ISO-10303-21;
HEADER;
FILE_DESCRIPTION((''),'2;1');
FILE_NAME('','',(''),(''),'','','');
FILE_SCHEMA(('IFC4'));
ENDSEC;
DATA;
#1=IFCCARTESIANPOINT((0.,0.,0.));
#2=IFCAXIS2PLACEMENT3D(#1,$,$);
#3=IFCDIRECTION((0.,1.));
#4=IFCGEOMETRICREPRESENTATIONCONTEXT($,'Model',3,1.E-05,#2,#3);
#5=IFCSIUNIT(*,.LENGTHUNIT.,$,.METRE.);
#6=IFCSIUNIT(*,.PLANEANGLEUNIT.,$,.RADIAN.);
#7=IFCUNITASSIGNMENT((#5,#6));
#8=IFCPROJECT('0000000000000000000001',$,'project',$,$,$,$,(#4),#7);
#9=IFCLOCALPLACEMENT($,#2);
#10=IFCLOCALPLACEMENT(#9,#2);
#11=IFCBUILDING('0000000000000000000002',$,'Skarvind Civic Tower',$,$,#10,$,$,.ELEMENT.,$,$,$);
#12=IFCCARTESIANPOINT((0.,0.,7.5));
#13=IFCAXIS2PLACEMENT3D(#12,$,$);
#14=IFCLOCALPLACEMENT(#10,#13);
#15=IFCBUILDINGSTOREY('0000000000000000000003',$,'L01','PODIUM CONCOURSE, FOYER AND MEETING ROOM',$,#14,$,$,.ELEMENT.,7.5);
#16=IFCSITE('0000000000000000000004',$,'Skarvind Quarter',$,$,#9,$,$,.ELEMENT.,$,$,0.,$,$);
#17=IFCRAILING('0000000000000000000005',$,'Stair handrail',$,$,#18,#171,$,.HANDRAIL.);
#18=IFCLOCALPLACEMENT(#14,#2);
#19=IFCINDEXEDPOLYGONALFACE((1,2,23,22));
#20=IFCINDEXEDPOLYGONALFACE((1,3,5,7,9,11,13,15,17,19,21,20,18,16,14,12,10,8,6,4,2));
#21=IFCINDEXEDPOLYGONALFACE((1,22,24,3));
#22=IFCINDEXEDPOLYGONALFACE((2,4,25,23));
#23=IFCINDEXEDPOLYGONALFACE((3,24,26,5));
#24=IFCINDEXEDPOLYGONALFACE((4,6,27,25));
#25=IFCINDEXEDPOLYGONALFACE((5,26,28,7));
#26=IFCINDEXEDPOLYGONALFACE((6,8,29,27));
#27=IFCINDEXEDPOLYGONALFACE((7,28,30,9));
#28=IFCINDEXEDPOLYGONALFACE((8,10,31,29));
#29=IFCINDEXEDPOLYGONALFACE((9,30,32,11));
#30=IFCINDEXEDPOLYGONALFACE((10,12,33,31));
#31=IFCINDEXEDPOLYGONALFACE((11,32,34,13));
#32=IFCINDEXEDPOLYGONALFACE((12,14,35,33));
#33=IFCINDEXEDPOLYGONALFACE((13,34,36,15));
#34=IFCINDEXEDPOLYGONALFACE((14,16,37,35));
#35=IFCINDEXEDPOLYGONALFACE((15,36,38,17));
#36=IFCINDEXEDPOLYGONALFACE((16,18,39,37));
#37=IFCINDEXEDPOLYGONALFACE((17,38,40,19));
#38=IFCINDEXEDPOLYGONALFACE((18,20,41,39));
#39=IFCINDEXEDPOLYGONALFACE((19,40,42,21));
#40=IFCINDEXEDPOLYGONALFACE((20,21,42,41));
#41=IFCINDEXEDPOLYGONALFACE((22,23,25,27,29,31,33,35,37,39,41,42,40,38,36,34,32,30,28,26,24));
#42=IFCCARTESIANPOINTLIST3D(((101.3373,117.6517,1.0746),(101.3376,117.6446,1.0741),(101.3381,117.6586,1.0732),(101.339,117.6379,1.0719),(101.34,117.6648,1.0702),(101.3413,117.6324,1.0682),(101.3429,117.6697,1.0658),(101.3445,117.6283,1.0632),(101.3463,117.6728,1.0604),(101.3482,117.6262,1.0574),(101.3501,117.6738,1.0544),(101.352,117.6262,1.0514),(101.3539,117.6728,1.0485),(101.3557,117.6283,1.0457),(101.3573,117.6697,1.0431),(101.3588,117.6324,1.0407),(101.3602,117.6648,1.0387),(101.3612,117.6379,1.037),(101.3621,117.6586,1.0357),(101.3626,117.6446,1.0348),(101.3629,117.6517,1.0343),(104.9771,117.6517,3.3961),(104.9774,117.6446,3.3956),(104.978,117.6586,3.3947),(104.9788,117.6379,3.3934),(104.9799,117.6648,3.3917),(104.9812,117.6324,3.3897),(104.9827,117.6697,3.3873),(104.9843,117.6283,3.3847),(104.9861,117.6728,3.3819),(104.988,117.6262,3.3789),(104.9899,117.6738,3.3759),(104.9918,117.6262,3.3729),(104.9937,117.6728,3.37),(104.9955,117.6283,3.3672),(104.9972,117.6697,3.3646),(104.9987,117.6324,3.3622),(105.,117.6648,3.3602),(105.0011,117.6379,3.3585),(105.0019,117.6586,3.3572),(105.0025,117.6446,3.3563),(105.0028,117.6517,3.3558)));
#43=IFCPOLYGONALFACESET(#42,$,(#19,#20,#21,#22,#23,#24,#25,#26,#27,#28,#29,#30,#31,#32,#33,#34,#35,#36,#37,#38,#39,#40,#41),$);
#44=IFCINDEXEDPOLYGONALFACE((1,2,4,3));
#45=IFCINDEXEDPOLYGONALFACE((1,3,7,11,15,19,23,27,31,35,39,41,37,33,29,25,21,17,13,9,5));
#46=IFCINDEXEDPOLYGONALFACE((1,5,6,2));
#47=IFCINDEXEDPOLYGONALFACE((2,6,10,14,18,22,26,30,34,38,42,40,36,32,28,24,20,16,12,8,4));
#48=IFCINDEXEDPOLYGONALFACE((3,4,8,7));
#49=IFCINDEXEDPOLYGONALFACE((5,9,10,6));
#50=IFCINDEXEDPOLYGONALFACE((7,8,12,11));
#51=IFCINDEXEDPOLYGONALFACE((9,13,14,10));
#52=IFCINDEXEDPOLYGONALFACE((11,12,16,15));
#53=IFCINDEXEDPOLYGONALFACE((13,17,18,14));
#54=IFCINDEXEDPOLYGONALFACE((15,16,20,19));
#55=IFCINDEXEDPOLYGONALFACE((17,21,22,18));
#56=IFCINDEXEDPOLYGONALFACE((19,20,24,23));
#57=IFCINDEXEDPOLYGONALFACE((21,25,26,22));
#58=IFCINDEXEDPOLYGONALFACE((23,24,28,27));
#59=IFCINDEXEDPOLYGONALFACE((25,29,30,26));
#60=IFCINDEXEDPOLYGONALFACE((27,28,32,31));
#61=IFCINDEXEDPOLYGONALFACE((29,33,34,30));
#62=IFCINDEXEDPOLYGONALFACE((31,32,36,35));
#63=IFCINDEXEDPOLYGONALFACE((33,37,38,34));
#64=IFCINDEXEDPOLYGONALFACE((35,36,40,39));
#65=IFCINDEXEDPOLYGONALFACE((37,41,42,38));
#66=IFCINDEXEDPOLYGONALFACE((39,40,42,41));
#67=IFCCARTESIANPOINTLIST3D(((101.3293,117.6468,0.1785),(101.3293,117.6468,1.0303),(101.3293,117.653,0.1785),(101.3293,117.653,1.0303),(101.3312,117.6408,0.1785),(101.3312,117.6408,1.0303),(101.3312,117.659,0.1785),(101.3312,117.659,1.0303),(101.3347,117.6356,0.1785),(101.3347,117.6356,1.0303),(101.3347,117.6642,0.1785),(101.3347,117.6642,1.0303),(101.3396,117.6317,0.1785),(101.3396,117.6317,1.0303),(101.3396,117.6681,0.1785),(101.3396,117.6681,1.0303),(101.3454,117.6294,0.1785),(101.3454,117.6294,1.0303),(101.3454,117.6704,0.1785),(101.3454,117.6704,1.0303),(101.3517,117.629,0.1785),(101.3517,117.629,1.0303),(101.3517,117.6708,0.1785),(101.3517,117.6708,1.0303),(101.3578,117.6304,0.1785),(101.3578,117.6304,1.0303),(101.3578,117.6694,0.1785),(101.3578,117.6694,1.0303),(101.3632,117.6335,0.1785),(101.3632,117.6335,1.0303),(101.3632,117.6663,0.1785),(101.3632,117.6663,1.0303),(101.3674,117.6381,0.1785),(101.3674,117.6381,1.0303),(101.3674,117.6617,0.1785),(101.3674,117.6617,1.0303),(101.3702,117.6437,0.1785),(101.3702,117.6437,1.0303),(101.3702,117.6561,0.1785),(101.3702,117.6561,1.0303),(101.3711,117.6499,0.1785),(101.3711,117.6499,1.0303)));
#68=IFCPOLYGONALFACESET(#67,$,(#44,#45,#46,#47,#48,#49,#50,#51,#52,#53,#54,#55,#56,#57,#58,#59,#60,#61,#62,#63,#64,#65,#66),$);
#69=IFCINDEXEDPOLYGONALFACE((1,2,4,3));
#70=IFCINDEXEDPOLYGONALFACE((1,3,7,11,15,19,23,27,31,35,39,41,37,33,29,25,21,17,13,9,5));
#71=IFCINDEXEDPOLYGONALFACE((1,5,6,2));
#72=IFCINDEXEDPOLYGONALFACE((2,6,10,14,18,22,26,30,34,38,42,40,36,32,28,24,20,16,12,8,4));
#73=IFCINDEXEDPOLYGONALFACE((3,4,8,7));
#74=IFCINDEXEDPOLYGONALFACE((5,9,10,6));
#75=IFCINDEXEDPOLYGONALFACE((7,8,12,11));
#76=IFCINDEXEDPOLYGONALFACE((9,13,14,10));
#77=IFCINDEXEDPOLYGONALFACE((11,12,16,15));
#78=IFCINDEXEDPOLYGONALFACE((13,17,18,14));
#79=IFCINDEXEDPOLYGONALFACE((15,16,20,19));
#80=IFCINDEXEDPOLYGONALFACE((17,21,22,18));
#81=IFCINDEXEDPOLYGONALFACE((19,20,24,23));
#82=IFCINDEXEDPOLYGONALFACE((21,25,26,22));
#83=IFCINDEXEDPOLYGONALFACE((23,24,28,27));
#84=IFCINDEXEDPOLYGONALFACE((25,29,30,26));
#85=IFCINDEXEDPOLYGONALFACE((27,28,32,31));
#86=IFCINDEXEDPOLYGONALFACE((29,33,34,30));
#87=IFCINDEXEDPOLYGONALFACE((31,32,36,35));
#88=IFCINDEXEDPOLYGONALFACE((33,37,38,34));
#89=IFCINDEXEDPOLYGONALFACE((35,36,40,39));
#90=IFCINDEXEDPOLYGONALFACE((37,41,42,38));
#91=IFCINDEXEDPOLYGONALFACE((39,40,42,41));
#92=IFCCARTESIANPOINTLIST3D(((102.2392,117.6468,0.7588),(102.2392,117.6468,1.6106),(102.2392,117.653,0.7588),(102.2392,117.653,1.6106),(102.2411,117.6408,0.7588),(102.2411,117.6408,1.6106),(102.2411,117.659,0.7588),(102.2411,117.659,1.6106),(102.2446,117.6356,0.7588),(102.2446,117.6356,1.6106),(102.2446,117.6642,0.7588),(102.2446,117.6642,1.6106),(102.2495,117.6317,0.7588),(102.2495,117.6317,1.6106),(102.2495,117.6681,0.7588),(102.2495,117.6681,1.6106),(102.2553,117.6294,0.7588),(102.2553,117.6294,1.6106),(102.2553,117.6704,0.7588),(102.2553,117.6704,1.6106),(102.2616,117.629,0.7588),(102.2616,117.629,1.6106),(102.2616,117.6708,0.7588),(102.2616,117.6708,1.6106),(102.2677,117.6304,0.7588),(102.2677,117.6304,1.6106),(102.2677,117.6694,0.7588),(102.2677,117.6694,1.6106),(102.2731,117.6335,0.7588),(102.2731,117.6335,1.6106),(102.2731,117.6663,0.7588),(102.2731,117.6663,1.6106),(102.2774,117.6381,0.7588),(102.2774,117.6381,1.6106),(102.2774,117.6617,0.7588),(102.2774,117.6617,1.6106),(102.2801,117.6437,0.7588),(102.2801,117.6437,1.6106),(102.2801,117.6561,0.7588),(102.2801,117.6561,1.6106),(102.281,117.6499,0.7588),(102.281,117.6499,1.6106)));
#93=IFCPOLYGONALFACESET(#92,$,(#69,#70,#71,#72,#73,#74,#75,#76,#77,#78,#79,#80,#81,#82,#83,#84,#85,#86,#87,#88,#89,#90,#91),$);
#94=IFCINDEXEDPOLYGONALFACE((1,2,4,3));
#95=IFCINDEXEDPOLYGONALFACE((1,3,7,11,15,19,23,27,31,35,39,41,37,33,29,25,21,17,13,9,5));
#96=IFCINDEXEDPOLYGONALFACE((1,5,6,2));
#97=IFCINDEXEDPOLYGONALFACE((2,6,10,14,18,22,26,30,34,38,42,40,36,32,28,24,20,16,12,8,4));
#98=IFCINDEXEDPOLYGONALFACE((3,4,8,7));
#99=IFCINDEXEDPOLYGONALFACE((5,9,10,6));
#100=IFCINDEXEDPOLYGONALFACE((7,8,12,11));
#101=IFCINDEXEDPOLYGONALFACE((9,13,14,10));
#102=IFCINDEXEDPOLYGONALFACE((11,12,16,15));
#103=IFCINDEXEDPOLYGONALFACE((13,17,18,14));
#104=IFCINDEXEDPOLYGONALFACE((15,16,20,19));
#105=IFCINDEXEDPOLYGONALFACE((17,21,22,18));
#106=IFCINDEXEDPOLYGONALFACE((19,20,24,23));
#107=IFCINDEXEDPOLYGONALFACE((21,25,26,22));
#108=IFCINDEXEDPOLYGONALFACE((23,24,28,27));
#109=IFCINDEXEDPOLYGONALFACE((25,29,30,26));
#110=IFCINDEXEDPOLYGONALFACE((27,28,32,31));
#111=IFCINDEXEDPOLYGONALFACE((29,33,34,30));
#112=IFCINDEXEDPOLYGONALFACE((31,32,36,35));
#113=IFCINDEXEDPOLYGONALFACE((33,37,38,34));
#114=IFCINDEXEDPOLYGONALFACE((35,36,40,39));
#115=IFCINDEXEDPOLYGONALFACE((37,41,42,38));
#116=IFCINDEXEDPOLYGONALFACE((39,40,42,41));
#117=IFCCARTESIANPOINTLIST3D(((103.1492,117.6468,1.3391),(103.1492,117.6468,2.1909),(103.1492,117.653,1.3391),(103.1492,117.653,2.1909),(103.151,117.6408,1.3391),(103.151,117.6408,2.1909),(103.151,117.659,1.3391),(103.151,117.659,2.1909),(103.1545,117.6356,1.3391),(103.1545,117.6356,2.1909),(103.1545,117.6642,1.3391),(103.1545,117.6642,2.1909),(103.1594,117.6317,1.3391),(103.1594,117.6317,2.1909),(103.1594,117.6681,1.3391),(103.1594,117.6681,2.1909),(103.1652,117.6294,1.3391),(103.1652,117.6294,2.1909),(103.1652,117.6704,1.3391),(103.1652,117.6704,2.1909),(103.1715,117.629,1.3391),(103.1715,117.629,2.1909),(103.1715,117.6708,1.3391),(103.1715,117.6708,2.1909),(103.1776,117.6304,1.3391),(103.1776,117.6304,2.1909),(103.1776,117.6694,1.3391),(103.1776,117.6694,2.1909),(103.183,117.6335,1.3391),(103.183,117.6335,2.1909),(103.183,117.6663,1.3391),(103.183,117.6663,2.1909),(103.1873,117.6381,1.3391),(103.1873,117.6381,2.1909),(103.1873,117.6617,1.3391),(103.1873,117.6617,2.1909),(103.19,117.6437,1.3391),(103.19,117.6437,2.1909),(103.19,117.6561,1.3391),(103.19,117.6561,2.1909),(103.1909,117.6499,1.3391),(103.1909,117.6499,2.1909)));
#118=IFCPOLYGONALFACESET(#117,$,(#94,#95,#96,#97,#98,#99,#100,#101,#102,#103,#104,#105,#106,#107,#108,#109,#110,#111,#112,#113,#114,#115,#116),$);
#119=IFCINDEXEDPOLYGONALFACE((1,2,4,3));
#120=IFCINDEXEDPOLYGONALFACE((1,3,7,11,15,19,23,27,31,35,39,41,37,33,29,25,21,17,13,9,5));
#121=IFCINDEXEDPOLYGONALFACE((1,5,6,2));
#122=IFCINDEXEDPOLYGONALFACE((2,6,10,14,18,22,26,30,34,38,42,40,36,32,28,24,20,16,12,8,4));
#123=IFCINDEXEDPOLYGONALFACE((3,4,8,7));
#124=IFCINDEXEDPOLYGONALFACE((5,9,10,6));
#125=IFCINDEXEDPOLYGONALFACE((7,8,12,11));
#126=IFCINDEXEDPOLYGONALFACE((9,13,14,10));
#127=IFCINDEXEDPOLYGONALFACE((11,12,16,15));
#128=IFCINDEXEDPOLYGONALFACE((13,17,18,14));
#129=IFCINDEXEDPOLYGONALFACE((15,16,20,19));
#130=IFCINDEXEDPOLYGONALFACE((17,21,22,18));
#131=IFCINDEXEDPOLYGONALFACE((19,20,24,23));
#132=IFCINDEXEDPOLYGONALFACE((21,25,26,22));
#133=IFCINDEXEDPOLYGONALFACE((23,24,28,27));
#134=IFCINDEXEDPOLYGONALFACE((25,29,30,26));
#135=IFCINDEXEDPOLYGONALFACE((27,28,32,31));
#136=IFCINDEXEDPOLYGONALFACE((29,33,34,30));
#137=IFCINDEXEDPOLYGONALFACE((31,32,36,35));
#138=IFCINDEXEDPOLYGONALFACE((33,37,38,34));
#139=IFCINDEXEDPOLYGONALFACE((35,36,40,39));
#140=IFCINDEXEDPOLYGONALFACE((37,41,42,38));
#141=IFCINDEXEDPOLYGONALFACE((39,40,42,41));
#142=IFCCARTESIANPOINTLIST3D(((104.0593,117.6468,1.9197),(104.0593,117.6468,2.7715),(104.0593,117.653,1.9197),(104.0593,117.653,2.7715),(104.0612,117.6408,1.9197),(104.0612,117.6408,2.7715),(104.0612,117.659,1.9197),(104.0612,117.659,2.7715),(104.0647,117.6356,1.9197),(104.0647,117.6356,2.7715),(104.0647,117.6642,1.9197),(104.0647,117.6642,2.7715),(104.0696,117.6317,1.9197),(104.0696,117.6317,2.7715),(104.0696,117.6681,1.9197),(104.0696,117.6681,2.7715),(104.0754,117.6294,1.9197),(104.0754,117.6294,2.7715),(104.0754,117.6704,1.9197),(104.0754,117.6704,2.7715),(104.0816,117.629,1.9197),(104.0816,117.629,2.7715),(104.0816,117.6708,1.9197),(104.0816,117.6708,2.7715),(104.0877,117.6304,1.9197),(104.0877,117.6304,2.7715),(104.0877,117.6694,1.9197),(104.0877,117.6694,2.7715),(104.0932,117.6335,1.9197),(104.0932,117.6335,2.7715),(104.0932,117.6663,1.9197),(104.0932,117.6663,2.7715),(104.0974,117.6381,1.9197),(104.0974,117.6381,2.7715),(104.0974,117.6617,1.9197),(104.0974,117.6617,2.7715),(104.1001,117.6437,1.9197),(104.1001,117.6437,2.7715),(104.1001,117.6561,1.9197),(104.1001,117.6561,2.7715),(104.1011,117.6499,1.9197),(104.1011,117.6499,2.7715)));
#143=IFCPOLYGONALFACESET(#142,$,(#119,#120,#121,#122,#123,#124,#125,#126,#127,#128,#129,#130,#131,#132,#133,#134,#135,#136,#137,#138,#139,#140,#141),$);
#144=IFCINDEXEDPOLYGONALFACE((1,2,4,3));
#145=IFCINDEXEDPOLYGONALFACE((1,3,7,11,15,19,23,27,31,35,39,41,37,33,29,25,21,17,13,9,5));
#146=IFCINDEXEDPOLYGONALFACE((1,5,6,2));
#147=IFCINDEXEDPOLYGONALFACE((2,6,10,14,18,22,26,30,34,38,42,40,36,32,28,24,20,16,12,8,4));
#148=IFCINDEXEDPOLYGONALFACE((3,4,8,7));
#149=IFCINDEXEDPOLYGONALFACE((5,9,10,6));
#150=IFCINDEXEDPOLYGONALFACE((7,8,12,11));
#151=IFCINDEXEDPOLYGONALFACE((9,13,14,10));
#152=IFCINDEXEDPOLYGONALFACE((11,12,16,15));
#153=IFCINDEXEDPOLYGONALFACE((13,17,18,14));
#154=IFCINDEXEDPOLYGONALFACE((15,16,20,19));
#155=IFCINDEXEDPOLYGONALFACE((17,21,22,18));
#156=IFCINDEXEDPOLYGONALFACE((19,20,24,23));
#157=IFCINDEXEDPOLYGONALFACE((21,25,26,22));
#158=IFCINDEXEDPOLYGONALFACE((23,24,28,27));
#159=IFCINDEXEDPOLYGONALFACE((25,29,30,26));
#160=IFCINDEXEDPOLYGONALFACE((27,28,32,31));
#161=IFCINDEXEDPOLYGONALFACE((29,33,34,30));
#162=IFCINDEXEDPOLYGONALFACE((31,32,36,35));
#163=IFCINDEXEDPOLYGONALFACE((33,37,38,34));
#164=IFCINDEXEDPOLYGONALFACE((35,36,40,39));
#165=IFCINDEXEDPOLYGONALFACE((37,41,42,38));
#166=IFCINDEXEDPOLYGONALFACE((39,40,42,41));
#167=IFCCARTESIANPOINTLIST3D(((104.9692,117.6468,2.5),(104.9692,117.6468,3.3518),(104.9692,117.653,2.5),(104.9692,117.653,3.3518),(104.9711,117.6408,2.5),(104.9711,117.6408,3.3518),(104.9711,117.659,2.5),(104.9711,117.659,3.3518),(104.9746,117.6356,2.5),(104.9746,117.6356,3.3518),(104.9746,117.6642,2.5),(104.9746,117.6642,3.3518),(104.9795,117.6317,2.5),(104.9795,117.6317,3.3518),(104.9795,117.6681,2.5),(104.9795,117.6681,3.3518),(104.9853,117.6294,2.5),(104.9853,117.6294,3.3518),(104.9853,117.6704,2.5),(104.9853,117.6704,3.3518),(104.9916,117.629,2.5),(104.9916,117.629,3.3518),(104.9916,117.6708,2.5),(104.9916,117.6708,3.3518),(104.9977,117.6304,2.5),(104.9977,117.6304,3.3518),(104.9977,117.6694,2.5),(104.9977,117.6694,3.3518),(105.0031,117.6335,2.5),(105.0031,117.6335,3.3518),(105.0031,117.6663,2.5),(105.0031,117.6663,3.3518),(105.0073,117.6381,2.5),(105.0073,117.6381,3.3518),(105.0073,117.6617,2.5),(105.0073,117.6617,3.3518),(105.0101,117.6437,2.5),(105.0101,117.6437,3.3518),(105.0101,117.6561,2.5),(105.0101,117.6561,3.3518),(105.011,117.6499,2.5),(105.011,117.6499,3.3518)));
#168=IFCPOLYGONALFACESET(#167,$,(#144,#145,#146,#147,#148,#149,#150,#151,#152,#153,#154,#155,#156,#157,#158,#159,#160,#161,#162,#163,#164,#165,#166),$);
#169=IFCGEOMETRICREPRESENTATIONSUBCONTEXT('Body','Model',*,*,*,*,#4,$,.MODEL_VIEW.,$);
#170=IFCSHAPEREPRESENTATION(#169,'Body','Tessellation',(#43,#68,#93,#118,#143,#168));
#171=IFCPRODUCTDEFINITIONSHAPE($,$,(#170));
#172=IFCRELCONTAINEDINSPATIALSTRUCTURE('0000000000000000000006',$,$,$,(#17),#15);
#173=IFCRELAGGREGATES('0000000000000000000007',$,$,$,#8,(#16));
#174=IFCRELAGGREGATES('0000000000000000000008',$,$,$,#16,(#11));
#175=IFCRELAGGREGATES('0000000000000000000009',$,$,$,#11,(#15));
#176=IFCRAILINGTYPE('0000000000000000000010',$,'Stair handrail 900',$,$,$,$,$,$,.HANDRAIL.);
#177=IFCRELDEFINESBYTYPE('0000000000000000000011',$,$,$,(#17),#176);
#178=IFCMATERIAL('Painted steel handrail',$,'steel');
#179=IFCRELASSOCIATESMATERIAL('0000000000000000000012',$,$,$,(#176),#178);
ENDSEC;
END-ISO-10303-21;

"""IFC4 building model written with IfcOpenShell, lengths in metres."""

from ifc_helpers import new_model, si_unit, direction, frame, origin, origin_2d, place, context, subcontext, project, spatial, circle, extrude, material, type_object, element, save


model = new_model("IFC4")

# Units and contexts
model_context = context("Model", 3, precision=1e-05, world=origin(), true_north=direction((0.0, 1.0)))
body_context = subcontext(model_context, "Body", "Model", "MODEL_VIEW")
ifc_project = project(units=[si_unit("LENGTHUNIT", "METRE"), si_unit("PLANEANGLEUNIT", "RADIAN")], contexts=[model_context])

# Site, building, storey
site_placement = place(None, origin())
site = spatial("IfcSite", under=ifc_project, at=site_placement, Name="Skarvind Quarter", CompositionType="ELEMENT", RefElevation=0.0)
building_placement = place(site_placement, origin())
building = spatial("IfcBuilding", under=site, at=building_placement, Name="Skarvind Civic Tower", CompositionType="ELEMENT")
storey_placement = place(building_placement, frame((0.0, 0.0, 7.5)))
storey = spatial("IfcBuildingStorey", under=building, at=storey_placement, Name="L01", Description="PODIUM CONCOURSE, FOYER AND MEETING ROOM", CompositionType="ELEMENT", Elevation=7.5)

# Railing
ifc_material_1 = material(Name="Painted steel handrail", Category="steel")
railing_type = type_object("IfcRailingType", Name="Stair handrail 900", PredefinedType="HANDRAIL", material=ifc_material_1)
railing_1_placement = place(storey_placement, frame((101.3501, 117.6499, 0.1785)))
element("IfcRailing", 1, at=railing_1_placement, inside=storey, type_object=railing_type, Name="Stair handrail", PredefinedType="HANDRAIL", context=body_context, shape_type="SweptSolid", body=[
    extrude(circle(Radius=0.0239, at=origin_2d()), frame((0.0, 0.0, 0.876), z_axis=(0.843112, 0.0, 0.537739), x_axis=(0.0, 1.0, 0.0)), (0.0, 0.0, 1.0), 4.3171),
    extrude(circle(Radius=0.021, at=origin_2d()), origin(), (0.0, 0.0, 1.0), 0.8518),
    extrude(circle(Radius=0.021, at=origin_2d()), frame((0.9099, 0.0, 0.5803)), (0.0, 0.0, 1.0), 0.8518),
    extrude(circle(Radius=0.021, at=origin_2d()), frame((1.8198, 0.0, 1.1606)), (0.0, 0.0, 1.0), 0.8518),
    extrude(circle(Radius=0.021, at=origin_2d()), frame((2.73, 0.0, 1.7412)), (0.0, 0.0, 1.0), 0.8518),
    extrude(circle(Radius=0.021, at=origin_2d()), frame((3.6399, 0.0, 2.3215)), (0.0, 0.0, 1.0), 0.8518),
])

save(model, "model.ifc")
